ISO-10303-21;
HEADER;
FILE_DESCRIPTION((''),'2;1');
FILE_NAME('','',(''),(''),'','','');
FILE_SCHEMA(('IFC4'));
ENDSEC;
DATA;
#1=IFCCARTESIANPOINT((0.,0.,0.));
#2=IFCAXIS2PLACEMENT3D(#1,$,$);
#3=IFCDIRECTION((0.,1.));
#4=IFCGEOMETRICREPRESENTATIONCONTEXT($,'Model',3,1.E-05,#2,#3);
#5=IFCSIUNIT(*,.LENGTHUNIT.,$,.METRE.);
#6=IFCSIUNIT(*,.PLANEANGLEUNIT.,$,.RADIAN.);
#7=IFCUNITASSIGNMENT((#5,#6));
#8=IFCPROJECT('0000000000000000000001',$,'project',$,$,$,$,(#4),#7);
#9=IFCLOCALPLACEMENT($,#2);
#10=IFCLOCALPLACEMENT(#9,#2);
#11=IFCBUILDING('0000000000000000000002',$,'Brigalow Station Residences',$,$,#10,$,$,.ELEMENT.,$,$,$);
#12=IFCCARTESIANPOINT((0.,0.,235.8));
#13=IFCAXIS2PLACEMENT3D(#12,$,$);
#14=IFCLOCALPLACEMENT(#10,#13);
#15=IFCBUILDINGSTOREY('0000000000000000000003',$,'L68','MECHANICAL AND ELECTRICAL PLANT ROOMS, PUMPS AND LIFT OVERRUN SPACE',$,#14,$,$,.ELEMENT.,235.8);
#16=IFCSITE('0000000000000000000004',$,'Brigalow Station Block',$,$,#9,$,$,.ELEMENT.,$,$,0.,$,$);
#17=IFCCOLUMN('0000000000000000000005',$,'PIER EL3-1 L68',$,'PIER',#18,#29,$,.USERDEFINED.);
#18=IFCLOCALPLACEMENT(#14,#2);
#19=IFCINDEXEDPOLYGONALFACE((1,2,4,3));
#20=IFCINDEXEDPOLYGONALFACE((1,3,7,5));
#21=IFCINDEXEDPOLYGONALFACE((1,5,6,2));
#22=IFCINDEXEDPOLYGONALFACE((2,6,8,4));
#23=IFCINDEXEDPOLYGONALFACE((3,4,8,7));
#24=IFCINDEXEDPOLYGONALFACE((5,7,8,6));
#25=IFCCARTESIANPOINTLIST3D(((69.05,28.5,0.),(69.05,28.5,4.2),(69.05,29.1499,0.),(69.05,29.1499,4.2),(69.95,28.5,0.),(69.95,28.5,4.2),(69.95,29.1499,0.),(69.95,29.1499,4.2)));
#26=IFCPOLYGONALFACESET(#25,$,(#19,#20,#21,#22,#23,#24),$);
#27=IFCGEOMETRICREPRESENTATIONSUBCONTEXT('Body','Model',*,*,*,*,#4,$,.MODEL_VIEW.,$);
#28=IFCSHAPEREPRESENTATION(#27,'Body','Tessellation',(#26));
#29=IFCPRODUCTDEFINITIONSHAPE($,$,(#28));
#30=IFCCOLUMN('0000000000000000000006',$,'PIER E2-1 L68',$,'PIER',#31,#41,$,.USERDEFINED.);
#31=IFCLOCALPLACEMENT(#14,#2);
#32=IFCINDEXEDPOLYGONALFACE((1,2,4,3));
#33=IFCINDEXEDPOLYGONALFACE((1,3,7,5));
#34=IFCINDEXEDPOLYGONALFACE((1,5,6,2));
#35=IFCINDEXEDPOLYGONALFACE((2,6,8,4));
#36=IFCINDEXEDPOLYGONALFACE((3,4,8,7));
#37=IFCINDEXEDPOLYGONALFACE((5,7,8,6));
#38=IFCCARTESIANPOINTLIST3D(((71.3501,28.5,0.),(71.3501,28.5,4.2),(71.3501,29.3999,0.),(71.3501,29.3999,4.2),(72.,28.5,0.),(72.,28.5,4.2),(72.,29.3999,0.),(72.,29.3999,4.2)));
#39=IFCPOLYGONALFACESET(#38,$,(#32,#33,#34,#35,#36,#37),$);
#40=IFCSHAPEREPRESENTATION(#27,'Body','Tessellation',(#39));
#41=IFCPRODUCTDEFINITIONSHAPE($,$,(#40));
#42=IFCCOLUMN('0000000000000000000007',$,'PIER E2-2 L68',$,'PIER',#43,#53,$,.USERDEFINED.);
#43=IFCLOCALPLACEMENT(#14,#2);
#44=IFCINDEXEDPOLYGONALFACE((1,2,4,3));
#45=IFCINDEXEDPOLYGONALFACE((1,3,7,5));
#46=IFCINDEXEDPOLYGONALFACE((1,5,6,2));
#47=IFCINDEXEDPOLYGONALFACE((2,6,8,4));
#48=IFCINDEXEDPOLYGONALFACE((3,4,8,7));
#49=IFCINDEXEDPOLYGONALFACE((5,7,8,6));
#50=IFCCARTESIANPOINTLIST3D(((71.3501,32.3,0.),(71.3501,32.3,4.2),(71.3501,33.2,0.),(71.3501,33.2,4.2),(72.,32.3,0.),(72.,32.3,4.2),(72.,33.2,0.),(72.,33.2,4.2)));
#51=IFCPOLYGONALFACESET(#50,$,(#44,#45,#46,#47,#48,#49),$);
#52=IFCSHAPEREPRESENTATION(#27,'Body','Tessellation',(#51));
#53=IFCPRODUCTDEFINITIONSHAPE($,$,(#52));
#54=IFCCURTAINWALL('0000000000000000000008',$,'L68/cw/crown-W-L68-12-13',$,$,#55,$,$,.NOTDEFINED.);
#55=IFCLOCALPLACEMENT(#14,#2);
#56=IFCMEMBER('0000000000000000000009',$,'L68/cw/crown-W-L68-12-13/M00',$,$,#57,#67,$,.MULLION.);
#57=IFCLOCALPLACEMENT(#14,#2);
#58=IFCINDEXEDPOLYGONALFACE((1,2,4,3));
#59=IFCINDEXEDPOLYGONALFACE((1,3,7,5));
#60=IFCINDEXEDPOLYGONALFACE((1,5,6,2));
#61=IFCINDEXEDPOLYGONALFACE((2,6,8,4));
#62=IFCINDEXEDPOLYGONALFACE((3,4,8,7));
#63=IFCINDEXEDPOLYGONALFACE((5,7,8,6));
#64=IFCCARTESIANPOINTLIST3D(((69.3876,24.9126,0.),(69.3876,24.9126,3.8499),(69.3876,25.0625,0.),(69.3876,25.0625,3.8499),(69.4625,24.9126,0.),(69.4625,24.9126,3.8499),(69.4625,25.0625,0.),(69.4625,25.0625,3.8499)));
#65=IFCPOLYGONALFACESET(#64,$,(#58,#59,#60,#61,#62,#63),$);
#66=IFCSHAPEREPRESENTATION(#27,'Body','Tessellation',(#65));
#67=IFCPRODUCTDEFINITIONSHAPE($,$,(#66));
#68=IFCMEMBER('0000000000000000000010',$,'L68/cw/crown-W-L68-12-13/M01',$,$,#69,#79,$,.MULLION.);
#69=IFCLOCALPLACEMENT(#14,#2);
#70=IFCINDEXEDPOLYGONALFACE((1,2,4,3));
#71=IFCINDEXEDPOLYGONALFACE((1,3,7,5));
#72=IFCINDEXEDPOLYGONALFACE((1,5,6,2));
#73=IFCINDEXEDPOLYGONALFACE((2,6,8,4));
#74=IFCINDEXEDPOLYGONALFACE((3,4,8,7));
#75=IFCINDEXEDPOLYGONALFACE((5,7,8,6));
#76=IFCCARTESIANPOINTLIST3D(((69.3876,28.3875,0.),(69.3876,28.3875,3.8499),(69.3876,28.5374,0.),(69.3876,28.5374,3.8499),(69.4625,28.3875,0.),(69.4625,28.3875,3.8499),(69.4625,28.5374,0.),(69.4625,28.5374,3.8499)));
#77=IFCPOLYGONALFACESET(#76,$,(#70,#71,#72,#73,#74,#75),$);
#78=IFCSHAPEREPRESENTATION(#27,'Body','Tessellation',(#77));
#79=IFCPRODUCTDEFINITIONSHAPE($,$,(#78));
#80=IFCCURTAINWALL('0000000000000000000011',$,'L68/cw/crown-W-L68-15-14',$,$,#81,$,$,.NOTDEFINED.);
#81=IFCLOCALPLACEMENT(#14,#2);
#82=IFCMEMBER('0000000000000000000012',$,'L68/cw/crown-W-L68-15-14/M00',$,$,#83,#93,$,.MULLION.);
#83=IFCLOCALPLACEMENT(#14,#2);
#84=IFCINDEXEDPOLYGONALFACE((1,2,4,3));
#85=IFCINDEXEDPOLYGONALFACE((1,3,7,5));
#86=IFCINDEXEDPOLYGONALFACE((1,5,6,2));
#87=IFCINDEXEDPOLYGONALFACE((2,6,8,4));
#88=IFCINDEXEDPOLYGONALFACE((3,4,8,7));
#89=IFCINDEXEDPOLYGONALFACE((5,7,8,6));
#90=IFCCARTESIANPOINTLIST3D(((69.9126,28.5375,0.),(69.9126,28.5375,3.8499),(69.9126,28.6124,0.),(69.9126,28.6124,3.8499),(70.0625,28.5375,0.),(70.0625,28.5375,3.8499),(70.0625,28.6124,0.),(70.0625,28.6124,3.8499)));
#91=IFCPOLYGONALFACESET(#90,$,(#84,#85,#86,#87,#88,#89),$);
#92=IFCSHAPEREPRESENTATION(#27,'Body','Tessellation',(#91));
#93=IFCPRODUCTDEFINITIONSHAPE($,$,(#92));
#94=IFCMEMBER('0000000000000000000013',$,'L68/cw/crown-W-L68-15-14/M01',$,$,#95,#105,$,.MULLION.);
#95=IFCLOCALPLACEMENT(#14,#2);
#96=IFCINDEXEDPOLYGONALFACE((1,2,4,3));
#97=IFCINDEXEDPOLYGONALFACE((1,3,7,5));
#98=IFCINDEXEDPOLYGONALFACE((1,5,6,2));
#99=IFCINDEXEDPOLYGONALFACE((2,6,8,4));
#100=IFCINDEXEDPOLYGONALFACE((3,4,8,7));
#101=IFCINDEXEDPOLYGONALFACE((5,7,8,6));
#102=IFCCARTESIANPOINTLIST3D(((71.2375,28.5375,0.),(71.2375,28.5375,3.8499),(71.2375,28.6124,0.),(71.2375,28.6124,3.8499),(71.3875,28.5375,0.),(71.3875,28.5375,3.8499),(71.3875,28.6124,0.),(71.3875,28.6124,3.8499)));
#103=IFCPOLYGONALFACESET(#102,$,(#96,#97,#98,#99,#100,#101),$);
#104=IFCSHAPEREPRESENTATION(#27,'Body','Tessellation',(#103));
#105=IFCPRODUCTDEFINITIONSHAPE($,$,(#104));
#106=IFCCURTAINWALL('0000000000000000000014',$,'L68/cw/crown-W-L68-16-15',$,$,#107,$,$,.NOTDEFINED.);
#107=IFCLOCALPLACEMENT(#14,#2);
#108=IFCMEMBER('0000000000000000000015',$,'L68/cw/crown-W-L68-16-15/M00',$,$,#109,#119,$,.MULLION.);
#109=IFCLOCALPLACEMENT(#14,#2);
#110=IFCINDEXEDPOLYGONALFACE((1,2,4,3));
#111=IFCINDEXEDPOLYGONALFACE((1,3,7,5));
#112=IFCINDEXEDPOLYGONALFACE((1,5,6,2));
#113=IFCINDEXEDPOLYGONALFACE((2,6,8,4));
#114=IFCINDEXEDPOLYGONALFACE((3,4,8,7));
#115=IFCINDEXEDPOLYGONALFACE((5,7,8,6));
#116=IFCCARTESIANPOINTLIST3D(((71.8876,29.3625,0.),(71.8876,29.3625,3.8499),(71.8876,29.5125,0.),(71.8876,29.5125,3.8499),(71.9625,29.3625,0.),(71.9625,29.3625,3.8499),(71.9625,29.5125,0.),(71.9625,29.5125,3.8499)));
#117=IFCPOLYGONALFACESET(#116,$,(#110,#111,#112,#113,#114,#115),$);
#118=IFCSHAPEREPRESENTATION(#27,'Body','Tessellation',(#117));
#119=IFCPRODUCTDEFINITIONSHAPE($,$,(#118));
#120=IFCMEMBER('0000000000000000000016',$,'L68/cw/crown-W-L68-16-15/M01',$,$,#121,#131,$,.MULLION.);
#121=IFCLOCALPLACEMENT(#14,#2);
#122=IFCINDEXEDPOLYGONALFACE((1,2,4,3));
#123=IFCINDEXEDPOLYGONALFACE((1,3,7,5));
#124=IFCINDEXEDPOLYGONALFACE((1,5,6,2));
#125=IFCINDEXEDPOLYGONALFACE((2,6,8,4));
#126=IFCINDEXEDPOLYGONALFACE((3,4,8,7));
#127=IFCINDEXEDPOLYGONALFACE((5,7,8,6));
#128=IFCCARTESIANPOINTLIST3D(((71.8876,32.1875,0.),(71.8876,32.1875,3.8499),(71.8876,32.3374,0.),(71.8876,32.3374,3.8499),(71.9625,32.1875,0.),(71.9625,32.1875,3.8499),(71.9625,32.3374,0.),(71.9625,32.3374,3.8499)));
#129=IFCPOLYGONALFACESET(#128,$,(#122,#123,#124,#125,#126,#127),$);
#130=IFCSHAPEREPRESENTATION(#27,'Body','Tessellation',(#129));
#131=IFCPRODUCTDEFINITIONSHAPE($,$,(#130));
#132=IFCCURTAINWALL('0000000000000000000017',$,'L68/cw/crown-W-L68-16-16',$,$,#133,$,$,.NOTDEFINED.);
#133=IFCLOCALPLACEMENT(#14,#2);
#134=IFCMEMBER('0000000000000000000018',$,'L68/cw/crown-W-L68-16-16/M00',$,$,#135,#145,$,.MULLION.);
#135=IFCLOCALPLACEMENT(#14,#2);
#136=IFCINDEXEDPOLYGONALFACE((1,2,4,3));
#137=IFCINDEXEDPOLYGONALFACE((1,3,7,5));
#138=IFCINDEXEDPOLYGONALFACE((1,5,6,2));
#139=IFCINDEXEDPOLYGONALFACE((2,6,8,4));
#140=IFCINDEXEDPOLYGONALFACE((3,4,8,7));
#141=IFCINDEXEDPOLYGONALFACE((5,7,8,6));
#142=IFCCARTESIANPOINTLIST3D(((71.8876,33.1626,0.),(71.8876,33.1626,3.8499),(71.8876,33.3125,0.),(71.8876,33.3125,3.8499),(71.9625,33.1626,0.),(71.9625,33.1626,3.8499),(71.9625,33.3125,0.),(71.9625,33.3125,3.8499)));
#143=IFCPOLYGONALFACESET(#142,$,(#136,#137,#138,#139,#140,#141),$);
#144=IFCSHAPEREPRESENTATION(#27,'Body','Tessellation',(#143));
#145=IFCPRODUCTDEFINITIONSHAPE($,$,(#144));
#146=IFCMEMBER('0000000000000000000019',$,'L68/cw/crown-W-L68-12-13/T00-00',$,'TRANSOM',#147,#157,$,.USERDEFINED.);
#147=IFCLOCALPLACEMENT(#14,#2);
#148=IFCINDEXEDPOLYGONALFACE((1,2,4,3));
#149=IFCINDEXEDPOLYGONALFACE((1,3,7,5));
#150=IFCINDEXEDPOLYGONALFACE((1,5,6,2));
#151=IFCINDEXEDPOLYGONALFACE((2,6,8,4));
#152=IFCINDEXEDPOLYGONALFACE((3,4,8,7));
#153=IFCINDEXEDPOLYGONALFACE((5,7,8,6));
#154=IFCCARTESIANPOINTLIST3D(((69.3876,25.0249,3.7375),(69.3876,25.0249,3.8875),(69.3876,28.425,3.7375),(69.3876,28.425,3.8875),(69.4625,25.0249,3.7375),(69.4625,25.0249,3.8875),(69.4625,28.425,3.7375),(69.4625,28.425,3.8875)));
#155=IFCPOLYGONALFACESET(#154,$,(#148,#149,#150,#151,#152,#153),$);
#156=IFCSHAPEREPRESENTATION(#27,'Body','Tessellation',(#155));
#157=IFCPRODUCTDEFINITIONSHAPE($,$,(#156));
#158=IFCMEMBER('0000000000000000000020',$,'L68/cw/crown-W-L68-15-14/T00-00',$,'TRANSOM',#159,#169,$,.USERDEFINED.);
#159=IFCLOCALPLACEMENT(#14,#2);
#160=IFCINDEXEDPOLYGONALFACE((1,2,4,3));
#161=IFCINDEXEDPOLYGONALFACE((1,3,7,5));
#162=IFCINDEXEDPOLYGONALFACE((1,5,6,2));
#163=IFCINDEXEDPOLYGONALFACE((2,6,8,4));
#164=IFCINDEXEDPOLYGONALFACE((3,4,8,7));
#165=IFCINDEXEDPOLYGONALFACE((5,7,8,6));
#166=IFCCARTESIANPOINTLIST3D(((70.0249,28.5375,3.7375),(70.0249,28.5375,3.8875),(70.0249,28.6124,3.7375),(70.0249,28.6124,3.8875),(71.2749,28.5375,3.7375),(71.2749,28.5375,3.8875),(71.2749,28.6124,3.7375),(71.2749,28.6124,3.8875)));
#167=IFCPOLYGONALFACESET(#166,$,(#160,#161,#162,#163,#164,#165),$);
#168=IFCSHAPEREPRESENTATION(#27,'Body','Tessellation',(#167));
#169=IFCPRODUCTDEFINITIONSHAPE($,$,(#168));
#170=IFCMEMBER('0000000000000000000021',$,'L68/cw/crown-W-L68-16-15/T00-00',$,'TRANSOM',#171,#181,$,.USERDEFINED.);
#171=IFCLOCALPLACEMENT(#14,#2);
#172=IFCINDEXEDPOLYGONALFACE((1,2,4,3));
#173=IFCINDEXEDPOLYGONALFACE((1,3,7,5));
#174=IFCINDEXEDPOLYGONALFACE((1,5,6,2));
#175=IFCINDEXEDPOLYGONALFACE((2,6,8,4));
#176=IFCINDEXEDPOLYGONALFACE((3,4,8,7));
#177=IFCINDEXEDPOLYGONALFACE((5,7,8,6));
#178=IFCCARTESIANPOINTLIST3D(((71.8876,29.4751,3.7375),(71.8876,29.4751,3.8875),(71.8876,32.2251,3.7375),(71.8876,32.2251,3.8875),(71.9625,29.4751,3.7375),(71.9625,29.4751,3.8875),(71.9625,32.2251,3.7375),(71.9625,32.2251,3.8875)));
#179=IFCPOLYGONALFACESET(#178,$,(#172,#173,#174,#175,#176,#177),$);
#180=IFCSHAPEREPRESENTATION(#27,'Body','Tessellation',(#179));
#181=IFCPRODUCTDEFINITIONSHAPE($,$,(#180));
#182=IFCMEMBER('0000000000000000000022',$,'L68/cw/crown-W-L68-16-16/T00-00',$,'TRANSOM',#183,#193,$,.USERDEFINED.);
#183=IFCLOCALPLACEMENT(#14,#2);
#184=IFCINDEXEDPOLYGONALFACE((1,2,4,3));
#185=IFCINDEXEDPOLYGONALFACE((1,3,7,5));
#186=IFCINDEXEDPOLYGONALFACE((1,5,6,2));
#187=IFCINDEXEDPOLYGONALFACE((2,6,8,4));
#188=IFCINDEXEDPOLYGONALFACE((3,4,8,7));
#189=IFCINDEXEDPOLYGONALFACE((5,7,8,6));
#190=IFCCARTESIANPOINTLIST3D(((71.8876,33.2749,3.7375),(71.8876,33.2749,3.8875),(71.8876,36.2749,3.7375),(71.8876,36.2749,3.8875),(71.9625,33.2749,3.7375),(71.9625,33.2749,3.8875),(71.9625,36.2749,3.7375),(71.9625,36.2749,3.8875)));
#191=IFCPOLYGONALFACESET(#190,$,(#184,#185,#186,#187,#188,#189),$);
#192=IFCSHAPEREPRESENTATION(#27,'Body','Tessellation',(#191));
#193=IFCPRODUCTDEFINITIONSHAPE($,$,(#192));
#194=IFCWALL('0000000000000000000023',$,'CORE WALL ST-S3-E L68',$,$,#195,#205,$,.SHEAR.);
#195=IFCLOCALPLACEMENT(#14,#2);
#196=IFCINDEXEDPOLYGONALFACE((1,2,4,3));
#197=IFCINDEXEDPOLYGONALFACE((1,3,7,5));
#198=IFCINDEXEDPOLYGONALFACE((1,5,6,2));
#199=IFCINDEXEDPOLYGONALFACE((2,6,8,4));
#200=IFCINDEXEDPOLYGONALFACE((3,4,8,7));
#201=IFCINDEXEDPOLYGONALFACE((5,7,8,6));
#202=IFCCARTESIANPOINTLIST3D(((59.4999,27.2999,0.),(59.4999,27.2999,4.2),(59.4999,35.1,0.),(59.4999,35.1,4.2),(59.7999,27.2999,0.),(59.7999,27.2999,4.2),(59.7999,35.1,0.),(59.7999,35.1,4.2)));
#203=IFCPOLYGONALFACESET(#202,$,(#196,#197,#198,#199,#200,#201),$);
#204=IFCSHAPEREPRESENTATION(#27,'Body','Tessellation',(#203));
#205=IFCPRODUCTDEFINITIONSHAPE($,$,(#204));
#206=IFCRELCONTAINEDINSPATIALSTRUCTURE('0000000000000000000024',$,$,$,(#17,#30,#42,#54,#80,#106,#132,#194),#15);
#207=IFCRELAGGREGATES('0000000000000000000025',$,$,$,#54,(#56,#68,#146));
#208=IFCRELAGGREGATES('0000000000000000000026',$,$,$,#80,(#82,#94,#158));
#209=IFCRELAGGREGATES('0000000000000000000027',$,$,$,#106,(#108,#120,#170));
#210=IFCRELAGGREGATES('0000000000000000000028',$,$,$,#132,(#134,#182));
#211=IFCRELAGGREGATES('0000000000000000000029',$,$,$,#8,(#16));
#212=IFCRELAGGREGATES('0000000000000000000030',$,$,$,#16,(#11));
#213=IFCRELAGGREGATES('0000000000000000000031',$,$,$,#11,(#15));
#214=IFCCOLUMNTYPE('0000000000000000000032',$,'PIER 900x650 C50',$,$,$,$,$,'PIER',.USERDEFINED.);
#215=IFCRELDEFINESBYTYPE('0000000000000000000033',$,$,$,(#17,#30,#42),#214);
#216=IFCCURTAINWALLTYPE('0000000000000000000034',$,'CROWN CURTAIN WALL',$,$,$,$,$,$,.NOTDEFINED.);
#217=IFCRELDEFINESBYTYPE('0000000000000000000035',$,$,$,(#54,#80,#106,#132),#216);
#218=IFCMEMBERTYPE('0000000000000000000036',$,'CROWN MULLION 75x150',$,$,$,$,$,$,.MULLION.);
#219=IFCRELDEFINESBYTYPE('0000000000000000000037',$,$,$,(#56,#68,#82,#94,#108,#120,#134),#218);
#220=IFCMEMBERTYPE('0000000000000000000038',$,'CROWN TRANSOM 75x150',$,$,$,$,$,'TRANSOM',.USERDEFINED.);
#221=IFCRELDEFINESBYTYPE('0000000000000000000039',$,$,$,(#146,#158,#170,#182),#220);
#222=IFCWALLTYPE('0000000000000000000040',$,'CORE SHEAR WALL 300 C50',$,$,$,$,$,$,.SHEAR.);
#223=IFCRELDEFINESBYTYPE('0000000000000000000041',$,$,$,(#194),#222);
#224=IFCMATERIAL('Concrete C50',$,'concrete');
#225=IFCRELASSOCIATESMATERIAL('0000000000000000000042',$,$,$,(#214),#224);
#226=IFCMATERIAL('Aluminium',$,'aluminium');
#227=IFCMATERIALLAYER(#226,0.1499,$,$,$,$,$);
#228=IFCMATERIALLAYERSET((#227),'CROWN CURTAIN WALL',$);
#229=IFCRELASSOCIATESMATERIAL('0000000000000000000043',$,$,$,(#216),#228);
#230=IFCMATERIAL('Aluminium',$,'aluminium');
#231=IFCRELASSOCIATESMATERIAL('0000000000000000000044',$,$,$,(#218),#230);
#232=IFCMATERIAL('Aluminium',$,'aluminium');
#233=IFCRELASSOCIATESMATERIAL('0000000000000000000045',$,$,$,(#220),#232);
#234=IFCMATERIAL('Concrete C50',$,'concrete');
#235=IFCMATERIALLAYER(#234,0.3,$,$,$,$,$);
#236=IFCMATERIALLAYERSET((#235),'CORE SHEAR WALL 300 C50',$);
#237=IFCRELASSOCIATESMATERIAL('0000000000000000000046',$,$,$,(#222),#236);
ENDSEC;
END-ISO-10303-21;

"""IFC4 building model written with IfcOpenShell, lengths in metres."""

from ifc_helpers import new_model, si_unit, direction, frame, frame_2d, origin, origin_2d, place, context, subcontext, project, spatial, rectangle, extrude, material, layer, layer_set, material_profile, profile_set, type_object, element, aggregate, save


model = new_model("IFC4")

# Units and contexts
model_context = context("Model", 3, precision=1e-05, world=origin(), true_north=direction((0.0, 1.0)))
body_context = subcontext(model_context, "Body", "Model", "MODEL_VIEW")
ifc_project = project(units=[si_unit("LENGTHUNIT", "METRE"), si_unit("PLANEANGLEUNIT", "RADIAN")], contexts=[model_context])

# Site, building, storey
site_placement = place(None, origin())
site = spatial("IfcSite", under=ifc_project, at=site_placement, Name="Brigalow Station Block", CompositionType="ELEMENT", RefElevation=0.0)
building_placement = place(site_placement, origin())
building = spatial("IfcBuilding", under=site, at=building_placement, Name="Brigalow Station Residences", CompositionType="ELEMENT")
storey_placement = place(building_placement, frame((0.0, 0.0, 235.8)))
storey = spatial("IfcBuildingStorey", under=building, at=storey_placement, Name="L68", Description="MECHANICAL AND ELECTRICAL PLANT ROOMS, PUMPS AND LIFT OVERRUN SPACE", CompositionType="ELEMENT", Elevation=235.8)

# Columns
ifc_material_1 = material(Name="Concrete C50", Category="concrete")
ifc_material_profile_1 = material_profile(ifc_material_1, rectangle(XDim=0.8999, YDim=0.6499, at=origin_2d()), Name="RC900x650")
ifc_profile_set_1 = profile_set([ifc_material_profile_1], Name="Concrete C50")
column_type = type_object("IfcColumnType", Name="PIER 900x650 C50", ElementType="PIER", PredefinedType="USERDEFINED", material=ifc_profile_set_1)
for number, where, z_axis, x_axis, name in (
    (1, (69.5, 28.825, 0.0), (0.0, 0.0, 1.0), (1.0, 0.0, 0.0), "PIER EL3-1 L68"),
    (2, (71.675, 28.95, 0.0), (0.0, 0.0, 1.0), (0.0, 1.0, 0.0), "PIER E2-1 L68"),
    (3, (71.675, 32.75, 0.0), (0.0, 0.0, 1.0), (0.0, 1.0, 0.0), "PIER E2-2 L68"),
):
    element("IfcColumn", number, at=place(storey_placement, frame(where, z_axis=z_axis, x_axis=x_axis)), inside=storey, type_object=column_type, Name=name, ObjectType="PIER", PredefinedType="USERDEFINED", context=body_context, shape_type="SweptSolid", body=[
        extrude(rectangle(XDim=0.8999, YDim=0.6499, at=origin_2d()), origin(), (0.0, 0.0, 1.0), 4.2),
    ])

# Curtain walls, members
ifc_material_2 = material(Name="Aluminium", Category="aluminium")
ifc_layer_1 = layer(ifc_material_2, 0.1499)
ifc_layer_set_1 = layer_set([ifc_layer_1], Name="CROWN CURTAIN WALL")
curtain_wall_type = type_object("IfcCurtainWallType", Name="CROWN CURTAIN WALL", PredefinedType="NOTDEFINED", material=ifc_layer_set_1)
curtain_wall_1_placement = place(storey_placement, origin())
curtain_wall_1 = element("IfcCurtainWall", 4, at=curtain_wall_1_placement, inside=storey, type_object=curtain_wall_type, Name="L68/cw/crown-W-L68-12-13", PredefinedType="NOTDEFINED")
ifc_material_3 = material(Name="Aluminium", Category="aluminium")
ifc_material_profile_2 = material_profile(ifc_material_3, rectangle(XDim=0.075, YDim=0.1499, at=origin_2d()), Name="CROWN MULLION 75x150")
ifc_profile_set_2 = profile_set([ifc_material_profile_2], Name="Aluminium")
member_type_1 = type_object("IfcMemberType", Name="CROWN MULLION 75x150", PredefinedType="MULLION", material=ifc_profile_set_2)
member_1_placement = place(storey_placement, frame((69.425, 24.9875, 0.0), z_axis=(0.0, 0.0, 1.0), x_axis=(-1.0, 0.0, 0.0)))
member_1 = element("IfcMember", 5, at=member_1_placement, type_object=member_type_1, Name="L68/cw/crown-W-L68-12-13/M00", PredefinedType="MULLION", context=body_context, shape_type="SweptSolid", body=[
    extrude(rectangle(XDim=0.075, YDim=0.1499, at=origin_2d()), origin(), (0.0, 0.0, 1.0), 3.8499),
])
member_2_placement = place(storey_placement, frame((69.425, 28.4624, 0.0), z_axis=(0.0, 0.0, 1.0), x_axis=(-1.0, 0.0, 0.0)))
member_2 = element("IfcMember", 6, at=member_2_placement, type_object=member_type_1, Name="L68/cw/crown-W-L68-12-13/M01", PredefinedType="MULLION", context=body_context, shape_type="SweptSolid", body=[
    extrude(rectangle(XDim=0.075, YDim=0.1499, at=origin_2d()), origin(), (0.0, 0.0, 1.0), 3.8499),
])
curtain_wall_2_placement = place(storey_placement, origin())
curtain_wall_2 = element("IfcCurtainWall", 7, at=curtain_wall_2_placement, inside=storey, type_object=curtain_wall_type, Name="L68/cw/crown-W-L68-15-14", PredefinedType="NOTDEFINED")
member_3_placement = place(storey_placement, frame((69.9875, 28.575, 0.0), z_axis=(0.0, 0.0, 1.0), x_axis=(0.0, 1.0, 0.0)))
member_3 = element("IfcMember", 8, at=member_3_placement, type_object=member_type_1, Name="L68/cw/crown-W-L68-15-14/M00", PredefinedType="MULLION", context=body_context, shape_type="SweptSolid", body=[
    extrude(rectangle(XDim=0.075, YDim=0.1499, at=origin_2d()), origin(), (0.0, 0.0, 1.0), 3.8499),
])
member_4_placement = place(storey_placement, frame((71.3125, 28.575, 0.0), z_axis=(0.0, 0.0, 1.0), x_axis=(0.0, 1.0, 0.0)))
member_4 = element("IfcMember", 9, at=member_4_placement, type_object=member_type_1, Name="L68/cw/crown-W-L68-15-14/M01", PredefinedType="MULLION", context=body_context, shape_type="SweptSolid", body=[
    extrude(rectangle(XDim=0.075, YDim=0.1499, at=origin_2d()), origin(), (0.0, 0.0, 1.0), 3.8499),
])
curtain_wall_3_placement = place(storey_placement, origin())
curtain_wall_3 = element("IfcCurtainWall", 10, at=curtain_wall_3_placement, inside=storey, type_object=curtain_wall_type, Name="L68/cw/crown-W-L68-16-15", PredefinedType="NOTDEFINED")
member_5_placement = place(storey_placement, frame((71.925, 29.4375, 0.0), z_axis=(0.0, 0.0, 1.0), x_axis=(-1.0, 0.0, 0.0)))
member_5 = element("IfcMember", 11, at=member_5_placement, type_object=member_type_1, Name="L68/cw/crown-W-L68-16-15/M00", PredefinedType="MULLION", context=body_context, shape_type="SweptSolid", body=[
    extrude(rectangle(XDim=0.075, YDim=0.1499, at=origin_2d()), origin(), (0.0, 0.0, 1.0), 3.8499),
])
member_6_placement = place(storey_placement, frame((71.925, 32.2625, 0.0), z_axis=(0.0, 0.0, 1.0), x_axis=(-1.0, 0.0, 0.0)))
member_6 = element("IfcMember", 12, at=member_6_placement, type_object=member_type_1, Name="L68/cw/crown-W-L68-16-15/M01", PredefinedType="MULLION", context=body_context, shape_type="SweptSolid", body=[
    extrude(rectangle(XDim=0.075, YDim=0.1499, at=origin_2d()), origin(), (0.0, 0.0, 1.0), 3.8499),
])

# Curtain wall, member
curtain_wall_4_placement = place(storey_placement, origin())
curtain_wall_4 = element("IfcCurtainWall", 13, at=curtain_wall_4_placement, inside=storey, type_object=curtain_wall_type, Name="L68/cw/crown-W-L68-16-16", PredefinedType="NOTDEFINED")
member_7_placement = place(storey_placement, frame((71.925, 33.2375, 0.0), z_axis=(0.0, 0.0, 1.0), x_axis=(-1.0, 0.0, 0.0)))
member_7 = element("IfcMember", 14, at=member_7_placement, type_object=member_type_1, Name="L68/cw/crown-W-L68-16-16/M00", PredefinedType="MULLION", context=body_context, shape_type="SweptSolid", body=[
    extrude(rectangle(XDim=0.075, YDim=0.1499, at=origin_2d()), origin(), (0.0, 0.0, 1.0), 3.8499),
])

# Members
ifc_material_4 = material(Name="Aluminium", Category="aluminium")
ifc_material_profile_3 = material_profile(ifc_material_4, rectangle(XDim=0.075, YDim=0.1499, at=origin_2d()), Name="CROWN TRANSOM 75x150")
ifc_profile_set_3 = profile_set([ifc_material_profile_3], Name="Aluminium")
member_type_2 = type_object("IfcMemberType", Name="CROWN TRANSOM 75x150", ElementType="TRANSOM", PredefinedType="USERDEFINED", material=ifc_profile_set_3)
member_8_placement = place(storey_placement, frame((69.425, 25.0249, 3.8125), z_axis=(0.0, 1.0, 0.0), x_axis=(-1.0, 0.0, 0.0)))
member_8 = element("IfcMember", 15, at=member_8_placement, type_object=member_type_2, Name="L68/cw/crown-W-L68-12-13/T00-00", ObjectType="TRANSOM", PredefinedType="USERDEFINED", context=body_context, shape_type="SweptSolid", body=[
    extrude(rectangle(XDim=0.075, YDim=0.1499, at=origin_2d()), origin(), (0.0, 0.0, 1.0), 3.4001),
])
member_9_placement = place(storey_placement, frame((70.0249, 28.575, 3.8125), z_axis=(1.0, 0.0, 0.0), x_axis=(0.0, 1.0, 0.0)))
member_9 = element("IfcMember", 16, at=member_9_placement, type_object=member_type_2, Name="L68/cw/crown-W-L68-15-14/T00-00", ObjectType="TRANSOM", PredefinedType="USERDEFINED", context=body_context, shape_type="SweptSolid", body=[
    extrude(rectangle(XDim=0.075, YDim=0.1499, at=origin_2d()), origin(), (0.0, 0.0, 1.0), 1.25),
])
member_10_placement = place(storey_placement, frame((71.925, 29.4751, 3.8125), z_axis=(0.0, 1.0, 0.0), x_axis=(-1.0, 0.0, 0.0)))
member_10 = element("IfcMember", 17, at=member_10_placement, type_object=member_type_2, Name="L68/cw/crown-W-L68-16-15/T00-00", ObjectType="TRANSOM", PredefinedType="USERDEFINED", context=body_context, shape_type="SweptSolid", body=[
    extrude(rectangle(XDim=0.075, YDim=0.1499, at=origin_2d()), origin(), (0.0, 0.0, 1.0), 2.75),
])
member_11_placement = place(storey_placement, frame((71.925, 33.2749, 3.8125), z_axis=(0.0, 1.0, 0.0), x_axis=(-1.0, 0.0, 0.0)))
member_11 = element("IfcMember", 18, at=member_11_placement, type_object=member_type_2, Name="L68/cw/crown-W-L68-16-16/T00-00", ObjectType="TRANSOM", PredefinedType="USERDEFINED", context=body_context, shape_type="SweptSolid", body=[
    extrude(rectangle(XDim=0.075, YDim=0.1499, at=origin_2d()), origin(), (0.0, 0.0, 1.0), 3.0),
])

# Wall
ifc_material_5 = material(Name="Concrete C50", Category="concrete")
ifc_layer_2 = layer(ifc_material_5, 0.3)
ifc_layer_set_2 = layer_set([ifc_layer_2], Name="CORE SHEAR WALL 300 C50")
wall_type_1 = type_object("IfcWallType", Name="CORE SHEAR WALL 300 C50", PredefinedType="SHEAR", material=ifc_layer_set_2)
wall_1_placement = place(storey_placement, frame((59.6499, 27.3, 0.0), z_axis=(0.0, 0.0, 1.0), x_axis=(0.0, 1.0, 0.0)))
element("IfcWall", 19, at=wall_1_placement, inside=storey, type_object=wall_type_1, Name="CORE WALL ST-S3-E L68", PredefinedType="SHEAR", context=body_context, shape_type="SweptSolid", body=[
    extrude(rectangle(XDim=7.8, YDim=0.3, at=frame_2d((3.8999, 0.0))), origin(), (0.0, 0.0, 1.0), 4.2),
])

aggregate(curtain_wall_1, [member_1, member_2, member_8])
aggregate(curtain_wall_2, [member_3, member_4, member_9])
aggregate(curtain_wall_3, [member_5, member_6, member_10])
aggregate(curtain_wall_4, [member_7, member_11])

save(model, "model.ifc")
